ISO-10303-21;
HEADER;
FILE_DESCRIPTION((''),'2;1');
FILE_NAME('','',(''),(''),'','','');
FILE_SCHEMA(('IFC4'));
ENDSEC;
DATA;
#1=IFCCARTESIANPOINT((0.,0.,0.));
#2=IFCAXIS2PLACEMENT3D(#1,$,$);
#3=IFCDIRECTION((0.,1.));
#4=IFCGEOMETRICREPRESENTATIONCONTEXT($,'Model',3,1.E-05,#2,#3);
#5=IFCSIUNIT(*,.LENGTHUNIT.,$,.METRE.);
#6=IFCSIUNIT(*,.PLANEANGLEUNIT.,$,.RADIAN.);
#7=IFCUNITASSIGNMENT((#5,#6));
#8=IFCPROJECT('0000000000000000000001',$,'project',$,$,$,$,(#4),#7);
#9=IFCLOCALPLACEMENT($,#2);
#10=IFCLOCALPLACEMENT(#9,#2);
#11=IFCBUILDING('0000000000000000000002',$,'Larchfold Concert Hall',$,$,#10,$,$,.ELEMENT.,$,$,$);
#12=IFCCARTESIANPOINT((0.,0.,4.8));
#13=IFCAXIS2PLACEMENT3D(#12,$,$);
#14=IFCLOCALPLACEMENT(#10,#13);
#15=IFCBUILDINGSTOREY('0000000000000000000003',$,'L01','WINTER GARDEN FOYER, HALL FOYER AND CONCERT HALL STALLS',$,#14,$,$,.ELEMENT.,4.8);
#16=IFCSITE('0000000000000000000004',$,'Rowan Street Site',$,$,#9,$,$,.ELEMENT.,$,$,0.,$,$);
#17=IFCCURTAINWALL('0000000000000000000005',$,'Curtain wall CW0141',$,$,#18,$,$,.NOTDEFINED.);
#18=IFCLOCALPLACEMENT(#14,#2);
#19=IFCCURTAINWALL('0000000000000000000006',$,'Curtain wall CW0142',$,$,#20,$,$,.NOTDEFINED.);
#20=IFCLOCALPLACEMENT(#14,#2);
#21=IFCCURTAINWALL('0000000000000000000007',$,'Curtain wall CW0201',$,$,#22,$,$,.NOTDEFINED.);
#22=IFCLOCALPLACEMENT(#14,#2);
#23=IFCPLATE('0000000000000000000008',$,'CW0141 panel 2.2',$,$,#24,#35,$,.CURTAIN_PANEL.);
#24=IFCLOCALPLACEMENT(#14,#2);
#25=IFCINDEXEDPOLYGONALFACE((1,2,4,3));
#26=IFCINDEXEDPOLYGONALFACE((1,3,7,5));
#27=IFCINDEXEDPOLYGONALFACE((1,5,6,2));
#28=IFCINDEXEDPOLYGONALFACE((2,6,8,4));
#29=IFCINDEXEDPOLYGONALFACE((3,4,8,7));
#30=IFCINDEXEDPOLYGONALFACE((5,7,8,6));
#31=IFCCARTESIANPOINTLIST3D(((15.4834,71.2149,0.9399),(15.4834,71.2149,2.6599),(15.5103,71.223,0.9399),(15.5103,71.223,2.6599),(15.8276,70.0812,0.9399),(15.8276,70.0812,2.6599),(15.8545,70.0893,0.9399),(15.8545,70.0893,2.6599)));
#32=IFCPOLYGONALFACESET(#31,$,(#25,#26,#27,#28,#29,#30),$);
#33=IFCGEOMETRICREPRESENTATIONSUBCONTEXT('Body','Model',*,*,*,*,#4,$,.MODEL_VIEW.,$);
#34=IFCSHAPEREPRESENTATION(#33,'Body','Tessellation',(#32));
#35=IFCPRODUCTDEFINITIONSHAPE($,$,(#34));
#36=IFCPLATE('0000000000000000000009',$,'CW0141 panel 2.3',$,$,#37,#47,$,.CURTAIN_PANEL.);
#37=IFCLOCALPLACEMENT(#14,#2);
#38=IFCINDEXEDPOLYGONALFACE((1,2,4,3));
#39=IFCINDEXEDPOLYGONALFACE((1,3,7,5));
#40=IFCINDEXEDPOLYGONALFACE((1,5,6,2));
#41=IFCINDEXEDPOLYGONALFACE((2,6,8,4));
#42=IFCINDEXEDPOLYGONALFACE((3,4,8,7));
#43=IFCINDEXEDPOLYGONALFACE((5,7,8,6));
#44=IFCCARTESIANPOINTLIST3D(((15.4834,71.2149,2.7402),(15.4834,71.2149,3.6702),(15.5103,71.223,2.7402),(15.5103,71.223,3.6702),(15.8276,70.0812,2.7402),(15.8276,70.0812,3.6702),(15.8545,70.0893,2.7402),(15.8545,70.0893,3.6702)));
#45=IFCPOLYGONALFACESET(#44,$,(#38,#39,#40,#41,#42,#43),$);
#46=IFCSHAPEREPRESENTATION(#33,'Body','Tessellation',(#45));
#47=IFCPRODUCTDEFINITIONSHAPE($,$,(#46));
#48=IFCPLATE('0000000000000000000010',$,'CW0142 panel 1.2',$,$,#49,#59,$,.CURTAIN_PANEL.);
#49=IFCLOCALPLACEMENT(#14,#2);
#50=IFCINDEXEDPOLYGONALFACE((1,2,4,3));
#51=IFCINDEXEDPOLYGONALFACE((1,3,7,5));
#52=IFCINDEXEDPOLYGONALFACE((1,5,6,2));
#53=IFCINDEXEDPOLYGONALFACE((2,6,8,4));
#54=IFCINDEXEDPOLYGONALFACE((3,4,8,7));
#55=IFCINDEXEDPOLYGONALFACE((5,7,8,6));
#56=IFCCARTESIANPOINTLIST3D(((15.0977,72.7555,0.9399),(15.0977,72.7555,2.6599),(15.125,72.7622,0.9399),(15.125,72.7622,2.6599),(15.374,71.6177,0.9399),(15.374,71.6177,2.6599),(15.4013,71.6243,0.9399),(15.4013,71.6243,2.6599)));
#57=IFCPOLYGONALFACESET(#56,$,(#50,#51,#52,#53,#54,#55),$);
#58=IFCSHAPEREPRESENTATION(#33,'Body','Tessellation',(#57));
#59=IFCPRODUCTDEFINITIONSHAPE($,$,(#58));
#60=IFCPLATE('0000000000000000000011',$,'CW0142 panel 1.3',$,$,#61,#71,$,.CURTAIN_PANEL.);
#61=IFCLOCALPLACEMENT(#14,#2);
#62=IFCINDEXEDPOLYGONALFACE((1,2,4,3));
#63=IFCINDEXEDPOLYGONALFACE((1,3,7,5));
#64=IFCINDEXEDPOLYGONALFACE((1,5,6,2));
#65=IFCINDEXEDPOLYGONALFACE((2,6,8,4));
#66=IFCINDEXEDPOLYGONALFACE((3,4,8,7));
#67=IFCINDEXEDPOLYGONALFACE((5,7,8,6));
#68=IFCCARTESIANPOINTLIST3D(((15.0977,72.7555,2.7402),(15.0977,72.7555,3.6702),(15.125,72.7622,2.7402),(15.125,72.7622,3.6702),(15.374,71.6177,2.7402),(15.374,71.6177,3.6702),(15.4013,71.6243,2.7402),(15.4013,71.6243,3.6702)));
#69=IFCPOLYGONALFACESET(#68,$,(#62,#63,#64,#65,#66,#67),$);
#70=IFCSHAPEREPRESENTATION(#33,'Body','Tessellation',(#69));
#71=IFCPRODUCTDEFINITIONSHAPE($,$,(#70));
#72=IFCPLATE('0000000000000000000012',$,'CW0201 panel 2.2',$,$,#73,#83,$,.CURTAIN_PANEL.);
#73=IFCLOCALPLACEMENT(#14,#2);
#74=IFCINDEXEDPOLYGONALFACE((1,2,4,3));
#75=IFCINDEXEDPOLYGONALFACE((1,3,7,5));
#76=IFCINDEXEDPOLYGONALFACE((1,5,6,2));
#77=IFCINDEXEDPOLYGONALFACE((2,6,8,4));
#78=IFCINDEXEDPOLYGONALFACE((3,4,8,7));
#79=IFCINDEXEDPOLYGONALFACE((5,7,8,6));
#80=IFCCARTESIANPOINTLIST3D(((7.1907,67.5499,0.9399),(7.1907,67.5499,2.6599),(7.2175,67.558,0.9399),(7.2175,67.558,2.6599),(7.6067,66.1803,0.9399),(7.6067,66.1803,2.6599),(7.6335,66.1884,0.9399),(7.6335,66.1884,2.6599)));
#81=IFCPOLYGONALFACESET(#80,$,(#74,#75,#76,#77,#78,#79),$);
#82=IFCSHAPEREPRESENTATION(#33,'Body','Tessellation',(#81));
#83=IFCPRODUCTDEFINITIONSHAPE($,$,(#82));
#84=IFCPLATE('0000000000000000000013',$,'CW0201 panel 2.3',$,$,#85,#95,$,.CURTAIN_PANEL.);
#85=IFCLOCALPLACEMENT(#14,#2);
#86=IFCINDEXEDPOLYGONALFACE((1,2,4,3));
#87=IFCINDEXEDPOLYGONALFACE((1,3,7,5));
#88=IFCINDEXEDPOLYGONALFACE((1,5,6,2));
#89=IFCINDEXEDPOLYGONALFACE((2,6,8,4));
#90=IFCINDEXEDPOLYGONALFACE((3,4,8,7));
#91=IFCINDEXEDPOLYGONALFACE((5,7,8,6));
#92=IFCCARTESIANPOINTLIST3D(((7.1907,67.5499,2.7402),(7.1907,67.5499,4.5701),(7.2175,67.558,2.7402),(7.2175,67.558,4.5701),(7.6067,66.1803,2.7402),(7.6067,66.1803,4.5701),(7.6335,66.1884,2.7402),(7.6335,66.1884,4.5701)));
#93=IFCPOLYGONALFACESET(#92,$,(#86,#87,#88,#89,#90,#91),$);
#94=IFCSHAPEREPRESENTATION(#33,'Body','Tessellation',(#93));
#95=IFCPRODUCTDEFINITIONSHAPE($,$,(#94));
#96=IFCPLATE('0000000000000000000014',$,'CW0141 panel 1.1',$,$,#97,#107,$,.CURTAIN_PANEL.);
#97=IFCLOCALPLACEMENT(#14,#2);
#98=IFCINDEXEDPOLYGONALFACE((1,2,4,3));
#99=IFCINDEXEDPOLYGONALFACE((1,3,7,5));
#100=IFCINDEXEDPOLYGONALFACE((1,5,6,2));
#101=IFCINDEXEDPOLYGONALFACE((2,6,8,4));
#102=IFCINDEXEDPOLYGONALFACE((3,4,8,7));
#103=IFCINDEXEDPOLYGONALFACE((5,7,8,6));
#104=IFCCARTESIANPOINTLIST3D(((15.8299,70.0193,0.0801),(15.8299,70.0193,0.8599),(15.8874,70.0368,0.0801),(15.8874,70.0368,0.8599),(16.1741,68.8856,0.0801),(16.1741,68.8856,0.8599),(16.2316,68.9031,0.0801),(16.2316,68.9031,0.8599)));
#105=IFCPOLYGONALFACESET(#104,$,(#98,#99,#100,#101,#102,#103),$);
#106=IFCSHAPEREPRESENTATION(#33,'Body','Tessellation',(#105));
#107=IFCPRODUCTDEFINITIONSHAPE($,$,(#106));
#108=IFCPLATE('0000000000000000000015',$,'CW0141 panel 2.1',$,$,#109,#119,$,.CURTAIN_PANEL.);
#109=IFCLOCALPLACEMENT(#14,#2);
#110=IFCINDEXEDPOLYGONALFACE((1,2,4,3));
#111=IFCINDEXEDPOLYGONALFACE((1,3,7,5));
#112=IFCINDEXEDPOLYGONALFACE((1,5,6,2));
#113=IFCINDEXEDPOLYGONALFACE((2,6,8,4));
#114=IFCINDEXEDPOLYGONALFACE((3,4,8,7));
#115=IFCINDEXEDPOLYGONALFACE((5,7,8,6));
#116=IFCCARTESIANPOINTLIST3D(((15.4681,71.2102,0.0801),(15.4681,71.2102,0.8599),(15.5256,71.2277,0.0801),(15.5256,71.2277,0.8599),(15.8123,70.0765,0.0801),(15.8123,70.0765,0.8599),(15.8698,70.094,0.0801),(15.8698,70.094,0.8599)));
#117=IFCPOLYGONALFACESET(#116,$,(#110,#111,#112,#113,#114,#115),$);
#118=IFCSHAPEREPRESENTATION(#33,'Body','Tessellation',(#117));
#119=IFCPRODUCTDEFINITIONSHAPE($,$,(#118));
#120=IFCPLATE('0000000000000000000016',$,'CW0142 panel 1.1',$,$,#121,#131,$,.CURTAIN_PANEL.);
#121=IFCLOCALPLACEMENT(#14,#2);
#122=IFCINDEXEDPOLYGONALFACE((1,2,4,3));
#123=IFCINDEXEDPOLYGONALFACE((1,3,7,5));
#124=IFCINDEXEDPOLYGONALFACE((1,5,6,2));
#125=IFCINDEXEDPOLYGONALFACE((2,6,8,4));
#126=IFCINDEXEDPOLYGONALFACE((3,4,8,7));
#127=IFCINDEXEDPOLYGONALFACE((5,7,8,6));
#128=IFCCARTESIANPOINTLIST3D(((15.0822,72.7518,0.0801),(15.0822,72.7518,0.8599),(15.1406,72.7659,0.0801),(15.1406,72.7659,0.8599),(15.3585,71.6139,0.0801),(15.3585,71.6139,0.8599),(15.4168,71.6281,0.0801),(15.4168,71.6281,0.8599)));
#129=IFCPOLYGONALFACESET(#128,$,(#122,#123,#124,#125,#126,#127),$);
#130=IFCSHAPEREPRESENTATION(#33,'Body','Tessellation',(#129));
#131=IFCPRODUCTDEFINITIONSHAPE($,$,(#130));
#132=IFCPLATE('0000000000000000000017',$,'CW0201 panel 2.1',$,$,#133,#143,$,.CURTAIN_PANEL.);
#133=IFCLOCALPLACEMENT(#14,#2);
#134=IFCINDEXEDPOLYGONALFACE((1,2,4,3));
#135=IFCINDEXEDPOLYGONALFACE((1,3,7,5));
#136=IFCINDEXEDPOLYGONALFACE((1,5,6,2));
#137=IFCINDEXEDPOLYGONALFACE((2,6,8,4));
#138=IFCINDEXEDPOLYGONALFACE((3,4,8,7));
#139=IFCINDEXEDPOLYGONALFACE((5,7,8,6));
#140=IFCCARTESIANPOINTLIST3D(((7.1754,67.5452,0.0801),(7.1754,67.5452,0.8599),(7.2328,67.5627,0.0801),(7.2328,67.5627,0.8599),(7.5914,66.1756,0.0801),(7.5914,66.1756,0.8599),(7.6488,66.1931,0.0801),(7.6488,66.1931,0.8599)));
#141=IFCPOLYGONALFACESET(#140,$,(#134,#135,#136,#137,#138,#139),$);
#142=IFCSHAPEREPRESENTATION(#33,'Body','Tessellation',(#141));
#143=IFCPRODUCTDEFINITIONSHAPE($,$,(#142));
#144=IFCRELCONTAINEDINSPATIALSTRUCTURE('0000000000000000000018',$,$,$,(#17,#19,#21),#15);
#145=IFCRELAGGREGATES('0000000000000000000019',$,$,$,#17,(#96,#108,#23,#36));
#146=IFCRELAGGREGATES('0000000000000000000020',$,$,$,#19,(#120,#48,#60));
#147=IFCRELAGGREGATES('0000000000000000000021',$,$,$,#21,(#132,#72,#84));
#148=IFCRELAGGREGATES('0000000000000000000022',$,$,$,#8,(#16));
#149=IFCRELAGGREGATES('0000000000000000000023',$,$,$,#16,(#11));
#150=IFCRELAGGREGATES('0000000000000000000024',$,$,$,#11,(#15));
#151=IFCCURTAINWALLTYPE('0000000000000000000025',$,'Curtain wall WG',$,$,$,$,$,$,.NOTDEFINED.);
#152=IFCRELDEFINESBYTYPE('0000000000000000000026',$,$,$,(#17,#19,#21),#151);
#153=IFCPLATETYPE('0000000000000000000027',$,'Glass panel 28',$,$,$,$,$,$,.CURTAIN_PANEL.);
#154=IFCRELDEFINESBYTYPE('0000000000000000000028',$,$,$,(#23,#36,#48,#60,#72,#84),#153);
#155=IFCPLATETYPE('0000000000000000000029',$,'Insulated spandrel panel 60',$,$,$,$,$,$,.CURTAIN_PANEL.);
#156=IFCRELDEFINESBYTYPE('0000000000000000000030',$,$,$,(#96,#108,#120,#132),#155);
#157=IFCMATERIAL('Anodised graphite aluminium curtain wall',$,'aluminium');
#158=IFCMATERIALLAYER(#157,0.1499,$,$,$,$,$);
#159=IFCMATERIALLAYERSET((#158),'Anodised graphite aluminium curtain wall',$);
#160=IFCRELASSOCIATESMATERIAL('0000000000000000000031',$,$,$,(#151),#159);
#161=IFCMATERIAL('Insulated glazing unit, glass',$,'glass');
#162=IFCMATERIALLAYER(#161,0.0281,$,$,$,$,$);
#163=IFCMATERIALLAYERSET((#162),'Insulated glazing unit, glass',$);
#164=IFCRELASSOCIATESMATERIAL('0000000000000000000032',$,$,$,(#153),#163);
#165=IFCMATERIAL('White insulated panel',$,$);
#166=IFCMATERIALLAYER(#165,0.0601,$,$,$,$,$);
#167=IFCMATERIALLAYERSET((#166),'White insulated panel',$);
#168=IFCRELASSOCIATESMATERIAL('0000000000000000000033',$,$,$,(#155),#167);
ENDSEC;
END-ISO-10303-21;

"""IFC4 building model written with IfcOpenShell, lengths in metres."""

from ifc_helpers import new_model, si_unit, direction, frame, origin, origin_2d, place, context, subcontext, project, spatial, rectangle, extrude, material, layer, layer_set, type_object, element, aggregate, save


model = new_model("IFC4")

# Units and contexts
model_context = context("Model", 3, precision=1e-05, world=origin(), true_north=direction((0.0, 1.0)))
body_context = subcontext(model_context, "Body", "Model", "MODEL_VIEW")
ifc_project = project(units=[si_unit("LENGTHUNIT", "METRE"), si_unit("PLANEANGLEUNIT", "RADIAN")], contexts=[model_context])

# Site, building, storey
site_placement = place(None, origin())
site = spatial("IfcSite", under=ifc_project, at=site_placement, Name="Rowan Street Site", CompositionType="ELEMENT", RefElevation=0.0)
building_placement = place(site_placement, origin())
building = spatial("IfcBuilding", under=site, at=building_placement, Name="Larchfold Concert Hall", CompositionType="ELEMENT")
storey_placement = place(building_placement, frame((0.0, 0.0, 4.8)))
storey = spatial("IfcBuildingStorey", under=building, at=storey_placement, Name="L01", Description="WINTER GARDEN FOYER, HALL FOYER AND CONCERT HALL STALLS", CompositionType="ELEMENT", Elevation=4.8)

# Curtain walls
ifc_material_1 = material(Name="Anodised graphite aluminium curtain wall", Category="aluminium")
ifc_layer_1 = layer(ifc_material_1, 0.1499)
ifc_layer_set_1 = layer_set([ifc_layer_1], Name="Anodised graphite aluminium curtain wall")
curtain_wall_type = type_object("IfcCurtainWallType", Name="Curtain wall WG", PredefinedType="NOTDEFINED", material=ifc_layer_set_1)
curtain_wall_1_placement = place(storey_placement, origin())
curtain_wall_1 = element("IfcCurtainWall", 1, at=curtain_wall_1_placement, inside=storey, type_object=curtain_wall_type, Name="Curtain wall CW0141", PredefinedType="NOTDEFINED")
curtain_wall_2_placement = place(storey_placement, origin())
curtain_wall_2 = element("IfcCurtainWall", 2, at=curtain_wall_2_placement, inside=storey, type_object=curtain_wall_type, Name="Curtain wall CW0142", PredefinedType="NOTDEFINED")

# Curtain wall
curtain_wall_3_placement = place(storey_placement, origin())
curtain_wall_3 = element("IfcCurtainWall", 3, at=curtain_wall_3_placement, inside=storey, type_object=curtain_wall_type, Name="Curtain wall CW0201", PredefinedType="NOTDEFINED")

# Plates
ifc_material_2 = material(Name="Insulated glazing unit, glass", Category="glass")
ifc_layer_2 = layer(ifc_material_2, 0.0281)
ifc_layer_set_2 = layer_set([ifc_layer_2], Name="Insulated glazing unit, glass")
plate_type_1 = type_object("IfcPlateType", Name="Glass panel 28", PredefinedType="CURTAIN_PANEL", material=ifc_layer_set_2)
plate_1_placement = place(storey_placement, frame((15.6689, 70.6521, 0.9399), z_axis=(0.0, 0.0, 1.0), x_axis=(-0.290544, 0.956862, 0.0)))
plate_1 = element("IfcPlate", 4, at=plate_1_placement, type_object=plate_type_1, Name="CW0141 panel 2.2", PredefinedType="CURTAIN_PANEL", context=body_context, shape_type="SweptSolid", body=[
    extrude(rectangle(XDim=1.1848, YDim=0.0281, at=origin_2d()), origin(), (0.0, 0.0, 1.0), 1.72),
])
plate_2_placement = place(storey_placement, frame((15.6689, 70.6521, 2.7402), z_axis=(0.0, 0.0, 1.0), x_axis=(-0.290544, 0.956862, 0.0)))
plate_2 = element("IfcPlate", 5, at=plate_2_placement, type_object=plate_type_1, Name="CW0141 panel 2.3", PredefinedType="CURTAIN_PANEL", context=body_context, shape_type="SweptSolid", body=[
    extrude(rectangle(XDim=1.1848, YDim=0.0281, at=origin_2d()), origin(), (0.0, 0.0, 1.0), 0.9299),
])
plate_3_placement = place(storey_placement, frame((15.2495, 72.1899, 0.9399), z_axis=(0.0, 0.0, 1.0), x_axis=(-0.235946, 0.971766, 0.0)))
plate_3 = element("IfcPlate", 6, at=plate_3_placement, type_object=plate_type_1, Name="CW0142 panel 1.2", PredefinedType="CURTAIN_PANEL", context=body_context, shape_type="SweptSolid", body=[
    extrude(rectangle(XDim=1.1709, YDim=0.0281, at=origin_2d()), origin(), (0.0, 0.0, 1.0), 1.72),
])
plate_4_placement = place(storey_placement, frame((15.2495, 72.1899, 2.7402), z_axis=(0.0, 0.0, 1.0), x_axis=(-0.235946, 0.971766, 0.0)))
plate_4 = element("IfcPlate", 7, at=plate_4_placement, type_object=plate_type_1, Name="CW0142 panel 1.3", PredefinedType="CURTAIN_PANEL", context=body_context, shape_type="SweptSolid", body=[
    extrude(rectangle(XDim=1.1709, YDim=0.0281, at=origin_2d()), origin(), (0.0, 0.0, 1.0), 0.9299),
])
plate_5_placement = place(storey_placement, frame((7.4121, 66.8691, 0.9399), z_axis=(0.0, 0.0, 1.0), x_axis=(0.290622, -0.956838, 0.0)))
plate_5 = element("IfcPlate", 8, at=plate_5_placement, type_object=plate_type_1, Name="CW0201 panel 2.2", PredefinedType="CURTAIN_PANEL", context=body_context, shape_type="SweptSolid", body=[
    extrude(rectangle(XDim=1.4314, YDim=0.0281, at=origin_2d()), origin(), (0.0, 0.0, 1.0), 1.72),
])
plate_6_placement = place(storey_placement, frame((7.4121, 66.8691, 2.7402), z_axis=(0.0, 0.0, 1.0), x_axis=(0.290622, -0.956838, 0.0)))
plate_6 = element("IfcPlate", 9, at=plate_6_placement, type_object=plate_type_1, Name="CW0201 panel 2.3", PredefinedType="CURTAIN_PANEL", context=body_context, shape_type="SweptSolid", body=[
    extrude(rectangle(XDim=1.4314, YDim=0.0281, at=origin_2d()), origin(), (0.0, 0.0, 1.0), 1.8298),
])
ifc_material_3 = material(Name="White insulated panel")
ifc_layer_3 = layer(ifc_material_3, 0.0601)
ifc_layer_set_3 = layer_set([ifc_layer_3], Name="White insulated panel")
plate_type_2 = type_object("IfcPlateType", Name="Insulated spandrel panel 60", PredefinedType="CURTAIN_PANEL", material=ifc_layer_set_3)
plate_7_placement = place(storey_placement, frame((16.0308, 69.4612, 0.0801), z_axis=(0.0, 0.0, 1.0), x_axis=(-0.290544, 0.956862, 0.0)))
plate_7 = element("IfcPlate", 10, at=plate_7_placement, type_object=plate_type_2, Name="CW0141 panel 1.1", PredefinedType="CURTAIN_PANEL", context=body_context, shape_type="SweptSolid", body=[
    extrude(rectangle(XDim=1.1848, YDim=0.0601, at=origin_2d()), origin(), (0.0, 0.0, 1.0), 0.7798),
])
plate_8_placement = place(storey_placement, frame((15.6689, 70.6521, 0.0801), z_axis=(0.0, 0.0, 1.0), x_axis=(-0.290544, 0.956862, 0.0)))
plate_8 = element("IfcPlate", 11, at=plate_8_placement, type_object=plate_type_2, Name="CW0141 panel 2.1", PredefinedType="CURTAIN_PANEL", context=body_context, shape_type="SweptSolid", body=[
    extrude(rectangle(XDim=1.1848, YDim=0.0601, at=origin_2d()), origin(), (0.0, 0.0, 1.0), 0.7798),
])
aggregate(curtain_wall_1, [plate_7, plate_8, plate_1, plate_2])
plate_9_placement = place(storey_placement, frame((15.2495, 72.1899, 0.0801), z_axis=(0.0, 0.0, 1.0), x_axis=(-0.235946, 0.971766, 0.0)))
plate_9 = element("IfcPlate", 12, at=plate_9_placement, type_object=plate_type_2, Name="CW0142 panel 1.1", PredefinedType="CURTAIN_PANEL", context=body_context, shape_type="SweptSolid", body=[
    extrude(rectangle(XDim=1.1709, YDim=0.0601, at=origin_2d()), origin(), (0.0, 0.0, 1.0), 0.7798),
])
aggregate(curtain_wall_2, [plate_9, plate_3, plate_4])
plate_10_placement = place(storey_placement, frame((7.4121, 66.8691, 0.0801), z_axis=(0.0, 0.0, 1.0), x_axis=(0.290622, -0.956838, 0.0)))
plate_10 = element("IfcPlate", 13, at=plate_10_placement, type_object=plate_type_2, Name="CW0201 panel 2.1", PredefinedType="CURTAIN_PANEL", context=body_context, shape_type="SweptSolid", body=[
    extrude(rectangle(XDim=1.4314, YDim=0.0601, at=origin_2d()), origin(), (0.0, 0.0, 1.0), 0.7798),
])
aggregate(curtain_wall_3, [plate_10, plate_5, plate_6])

save(model, "model.ifc")
